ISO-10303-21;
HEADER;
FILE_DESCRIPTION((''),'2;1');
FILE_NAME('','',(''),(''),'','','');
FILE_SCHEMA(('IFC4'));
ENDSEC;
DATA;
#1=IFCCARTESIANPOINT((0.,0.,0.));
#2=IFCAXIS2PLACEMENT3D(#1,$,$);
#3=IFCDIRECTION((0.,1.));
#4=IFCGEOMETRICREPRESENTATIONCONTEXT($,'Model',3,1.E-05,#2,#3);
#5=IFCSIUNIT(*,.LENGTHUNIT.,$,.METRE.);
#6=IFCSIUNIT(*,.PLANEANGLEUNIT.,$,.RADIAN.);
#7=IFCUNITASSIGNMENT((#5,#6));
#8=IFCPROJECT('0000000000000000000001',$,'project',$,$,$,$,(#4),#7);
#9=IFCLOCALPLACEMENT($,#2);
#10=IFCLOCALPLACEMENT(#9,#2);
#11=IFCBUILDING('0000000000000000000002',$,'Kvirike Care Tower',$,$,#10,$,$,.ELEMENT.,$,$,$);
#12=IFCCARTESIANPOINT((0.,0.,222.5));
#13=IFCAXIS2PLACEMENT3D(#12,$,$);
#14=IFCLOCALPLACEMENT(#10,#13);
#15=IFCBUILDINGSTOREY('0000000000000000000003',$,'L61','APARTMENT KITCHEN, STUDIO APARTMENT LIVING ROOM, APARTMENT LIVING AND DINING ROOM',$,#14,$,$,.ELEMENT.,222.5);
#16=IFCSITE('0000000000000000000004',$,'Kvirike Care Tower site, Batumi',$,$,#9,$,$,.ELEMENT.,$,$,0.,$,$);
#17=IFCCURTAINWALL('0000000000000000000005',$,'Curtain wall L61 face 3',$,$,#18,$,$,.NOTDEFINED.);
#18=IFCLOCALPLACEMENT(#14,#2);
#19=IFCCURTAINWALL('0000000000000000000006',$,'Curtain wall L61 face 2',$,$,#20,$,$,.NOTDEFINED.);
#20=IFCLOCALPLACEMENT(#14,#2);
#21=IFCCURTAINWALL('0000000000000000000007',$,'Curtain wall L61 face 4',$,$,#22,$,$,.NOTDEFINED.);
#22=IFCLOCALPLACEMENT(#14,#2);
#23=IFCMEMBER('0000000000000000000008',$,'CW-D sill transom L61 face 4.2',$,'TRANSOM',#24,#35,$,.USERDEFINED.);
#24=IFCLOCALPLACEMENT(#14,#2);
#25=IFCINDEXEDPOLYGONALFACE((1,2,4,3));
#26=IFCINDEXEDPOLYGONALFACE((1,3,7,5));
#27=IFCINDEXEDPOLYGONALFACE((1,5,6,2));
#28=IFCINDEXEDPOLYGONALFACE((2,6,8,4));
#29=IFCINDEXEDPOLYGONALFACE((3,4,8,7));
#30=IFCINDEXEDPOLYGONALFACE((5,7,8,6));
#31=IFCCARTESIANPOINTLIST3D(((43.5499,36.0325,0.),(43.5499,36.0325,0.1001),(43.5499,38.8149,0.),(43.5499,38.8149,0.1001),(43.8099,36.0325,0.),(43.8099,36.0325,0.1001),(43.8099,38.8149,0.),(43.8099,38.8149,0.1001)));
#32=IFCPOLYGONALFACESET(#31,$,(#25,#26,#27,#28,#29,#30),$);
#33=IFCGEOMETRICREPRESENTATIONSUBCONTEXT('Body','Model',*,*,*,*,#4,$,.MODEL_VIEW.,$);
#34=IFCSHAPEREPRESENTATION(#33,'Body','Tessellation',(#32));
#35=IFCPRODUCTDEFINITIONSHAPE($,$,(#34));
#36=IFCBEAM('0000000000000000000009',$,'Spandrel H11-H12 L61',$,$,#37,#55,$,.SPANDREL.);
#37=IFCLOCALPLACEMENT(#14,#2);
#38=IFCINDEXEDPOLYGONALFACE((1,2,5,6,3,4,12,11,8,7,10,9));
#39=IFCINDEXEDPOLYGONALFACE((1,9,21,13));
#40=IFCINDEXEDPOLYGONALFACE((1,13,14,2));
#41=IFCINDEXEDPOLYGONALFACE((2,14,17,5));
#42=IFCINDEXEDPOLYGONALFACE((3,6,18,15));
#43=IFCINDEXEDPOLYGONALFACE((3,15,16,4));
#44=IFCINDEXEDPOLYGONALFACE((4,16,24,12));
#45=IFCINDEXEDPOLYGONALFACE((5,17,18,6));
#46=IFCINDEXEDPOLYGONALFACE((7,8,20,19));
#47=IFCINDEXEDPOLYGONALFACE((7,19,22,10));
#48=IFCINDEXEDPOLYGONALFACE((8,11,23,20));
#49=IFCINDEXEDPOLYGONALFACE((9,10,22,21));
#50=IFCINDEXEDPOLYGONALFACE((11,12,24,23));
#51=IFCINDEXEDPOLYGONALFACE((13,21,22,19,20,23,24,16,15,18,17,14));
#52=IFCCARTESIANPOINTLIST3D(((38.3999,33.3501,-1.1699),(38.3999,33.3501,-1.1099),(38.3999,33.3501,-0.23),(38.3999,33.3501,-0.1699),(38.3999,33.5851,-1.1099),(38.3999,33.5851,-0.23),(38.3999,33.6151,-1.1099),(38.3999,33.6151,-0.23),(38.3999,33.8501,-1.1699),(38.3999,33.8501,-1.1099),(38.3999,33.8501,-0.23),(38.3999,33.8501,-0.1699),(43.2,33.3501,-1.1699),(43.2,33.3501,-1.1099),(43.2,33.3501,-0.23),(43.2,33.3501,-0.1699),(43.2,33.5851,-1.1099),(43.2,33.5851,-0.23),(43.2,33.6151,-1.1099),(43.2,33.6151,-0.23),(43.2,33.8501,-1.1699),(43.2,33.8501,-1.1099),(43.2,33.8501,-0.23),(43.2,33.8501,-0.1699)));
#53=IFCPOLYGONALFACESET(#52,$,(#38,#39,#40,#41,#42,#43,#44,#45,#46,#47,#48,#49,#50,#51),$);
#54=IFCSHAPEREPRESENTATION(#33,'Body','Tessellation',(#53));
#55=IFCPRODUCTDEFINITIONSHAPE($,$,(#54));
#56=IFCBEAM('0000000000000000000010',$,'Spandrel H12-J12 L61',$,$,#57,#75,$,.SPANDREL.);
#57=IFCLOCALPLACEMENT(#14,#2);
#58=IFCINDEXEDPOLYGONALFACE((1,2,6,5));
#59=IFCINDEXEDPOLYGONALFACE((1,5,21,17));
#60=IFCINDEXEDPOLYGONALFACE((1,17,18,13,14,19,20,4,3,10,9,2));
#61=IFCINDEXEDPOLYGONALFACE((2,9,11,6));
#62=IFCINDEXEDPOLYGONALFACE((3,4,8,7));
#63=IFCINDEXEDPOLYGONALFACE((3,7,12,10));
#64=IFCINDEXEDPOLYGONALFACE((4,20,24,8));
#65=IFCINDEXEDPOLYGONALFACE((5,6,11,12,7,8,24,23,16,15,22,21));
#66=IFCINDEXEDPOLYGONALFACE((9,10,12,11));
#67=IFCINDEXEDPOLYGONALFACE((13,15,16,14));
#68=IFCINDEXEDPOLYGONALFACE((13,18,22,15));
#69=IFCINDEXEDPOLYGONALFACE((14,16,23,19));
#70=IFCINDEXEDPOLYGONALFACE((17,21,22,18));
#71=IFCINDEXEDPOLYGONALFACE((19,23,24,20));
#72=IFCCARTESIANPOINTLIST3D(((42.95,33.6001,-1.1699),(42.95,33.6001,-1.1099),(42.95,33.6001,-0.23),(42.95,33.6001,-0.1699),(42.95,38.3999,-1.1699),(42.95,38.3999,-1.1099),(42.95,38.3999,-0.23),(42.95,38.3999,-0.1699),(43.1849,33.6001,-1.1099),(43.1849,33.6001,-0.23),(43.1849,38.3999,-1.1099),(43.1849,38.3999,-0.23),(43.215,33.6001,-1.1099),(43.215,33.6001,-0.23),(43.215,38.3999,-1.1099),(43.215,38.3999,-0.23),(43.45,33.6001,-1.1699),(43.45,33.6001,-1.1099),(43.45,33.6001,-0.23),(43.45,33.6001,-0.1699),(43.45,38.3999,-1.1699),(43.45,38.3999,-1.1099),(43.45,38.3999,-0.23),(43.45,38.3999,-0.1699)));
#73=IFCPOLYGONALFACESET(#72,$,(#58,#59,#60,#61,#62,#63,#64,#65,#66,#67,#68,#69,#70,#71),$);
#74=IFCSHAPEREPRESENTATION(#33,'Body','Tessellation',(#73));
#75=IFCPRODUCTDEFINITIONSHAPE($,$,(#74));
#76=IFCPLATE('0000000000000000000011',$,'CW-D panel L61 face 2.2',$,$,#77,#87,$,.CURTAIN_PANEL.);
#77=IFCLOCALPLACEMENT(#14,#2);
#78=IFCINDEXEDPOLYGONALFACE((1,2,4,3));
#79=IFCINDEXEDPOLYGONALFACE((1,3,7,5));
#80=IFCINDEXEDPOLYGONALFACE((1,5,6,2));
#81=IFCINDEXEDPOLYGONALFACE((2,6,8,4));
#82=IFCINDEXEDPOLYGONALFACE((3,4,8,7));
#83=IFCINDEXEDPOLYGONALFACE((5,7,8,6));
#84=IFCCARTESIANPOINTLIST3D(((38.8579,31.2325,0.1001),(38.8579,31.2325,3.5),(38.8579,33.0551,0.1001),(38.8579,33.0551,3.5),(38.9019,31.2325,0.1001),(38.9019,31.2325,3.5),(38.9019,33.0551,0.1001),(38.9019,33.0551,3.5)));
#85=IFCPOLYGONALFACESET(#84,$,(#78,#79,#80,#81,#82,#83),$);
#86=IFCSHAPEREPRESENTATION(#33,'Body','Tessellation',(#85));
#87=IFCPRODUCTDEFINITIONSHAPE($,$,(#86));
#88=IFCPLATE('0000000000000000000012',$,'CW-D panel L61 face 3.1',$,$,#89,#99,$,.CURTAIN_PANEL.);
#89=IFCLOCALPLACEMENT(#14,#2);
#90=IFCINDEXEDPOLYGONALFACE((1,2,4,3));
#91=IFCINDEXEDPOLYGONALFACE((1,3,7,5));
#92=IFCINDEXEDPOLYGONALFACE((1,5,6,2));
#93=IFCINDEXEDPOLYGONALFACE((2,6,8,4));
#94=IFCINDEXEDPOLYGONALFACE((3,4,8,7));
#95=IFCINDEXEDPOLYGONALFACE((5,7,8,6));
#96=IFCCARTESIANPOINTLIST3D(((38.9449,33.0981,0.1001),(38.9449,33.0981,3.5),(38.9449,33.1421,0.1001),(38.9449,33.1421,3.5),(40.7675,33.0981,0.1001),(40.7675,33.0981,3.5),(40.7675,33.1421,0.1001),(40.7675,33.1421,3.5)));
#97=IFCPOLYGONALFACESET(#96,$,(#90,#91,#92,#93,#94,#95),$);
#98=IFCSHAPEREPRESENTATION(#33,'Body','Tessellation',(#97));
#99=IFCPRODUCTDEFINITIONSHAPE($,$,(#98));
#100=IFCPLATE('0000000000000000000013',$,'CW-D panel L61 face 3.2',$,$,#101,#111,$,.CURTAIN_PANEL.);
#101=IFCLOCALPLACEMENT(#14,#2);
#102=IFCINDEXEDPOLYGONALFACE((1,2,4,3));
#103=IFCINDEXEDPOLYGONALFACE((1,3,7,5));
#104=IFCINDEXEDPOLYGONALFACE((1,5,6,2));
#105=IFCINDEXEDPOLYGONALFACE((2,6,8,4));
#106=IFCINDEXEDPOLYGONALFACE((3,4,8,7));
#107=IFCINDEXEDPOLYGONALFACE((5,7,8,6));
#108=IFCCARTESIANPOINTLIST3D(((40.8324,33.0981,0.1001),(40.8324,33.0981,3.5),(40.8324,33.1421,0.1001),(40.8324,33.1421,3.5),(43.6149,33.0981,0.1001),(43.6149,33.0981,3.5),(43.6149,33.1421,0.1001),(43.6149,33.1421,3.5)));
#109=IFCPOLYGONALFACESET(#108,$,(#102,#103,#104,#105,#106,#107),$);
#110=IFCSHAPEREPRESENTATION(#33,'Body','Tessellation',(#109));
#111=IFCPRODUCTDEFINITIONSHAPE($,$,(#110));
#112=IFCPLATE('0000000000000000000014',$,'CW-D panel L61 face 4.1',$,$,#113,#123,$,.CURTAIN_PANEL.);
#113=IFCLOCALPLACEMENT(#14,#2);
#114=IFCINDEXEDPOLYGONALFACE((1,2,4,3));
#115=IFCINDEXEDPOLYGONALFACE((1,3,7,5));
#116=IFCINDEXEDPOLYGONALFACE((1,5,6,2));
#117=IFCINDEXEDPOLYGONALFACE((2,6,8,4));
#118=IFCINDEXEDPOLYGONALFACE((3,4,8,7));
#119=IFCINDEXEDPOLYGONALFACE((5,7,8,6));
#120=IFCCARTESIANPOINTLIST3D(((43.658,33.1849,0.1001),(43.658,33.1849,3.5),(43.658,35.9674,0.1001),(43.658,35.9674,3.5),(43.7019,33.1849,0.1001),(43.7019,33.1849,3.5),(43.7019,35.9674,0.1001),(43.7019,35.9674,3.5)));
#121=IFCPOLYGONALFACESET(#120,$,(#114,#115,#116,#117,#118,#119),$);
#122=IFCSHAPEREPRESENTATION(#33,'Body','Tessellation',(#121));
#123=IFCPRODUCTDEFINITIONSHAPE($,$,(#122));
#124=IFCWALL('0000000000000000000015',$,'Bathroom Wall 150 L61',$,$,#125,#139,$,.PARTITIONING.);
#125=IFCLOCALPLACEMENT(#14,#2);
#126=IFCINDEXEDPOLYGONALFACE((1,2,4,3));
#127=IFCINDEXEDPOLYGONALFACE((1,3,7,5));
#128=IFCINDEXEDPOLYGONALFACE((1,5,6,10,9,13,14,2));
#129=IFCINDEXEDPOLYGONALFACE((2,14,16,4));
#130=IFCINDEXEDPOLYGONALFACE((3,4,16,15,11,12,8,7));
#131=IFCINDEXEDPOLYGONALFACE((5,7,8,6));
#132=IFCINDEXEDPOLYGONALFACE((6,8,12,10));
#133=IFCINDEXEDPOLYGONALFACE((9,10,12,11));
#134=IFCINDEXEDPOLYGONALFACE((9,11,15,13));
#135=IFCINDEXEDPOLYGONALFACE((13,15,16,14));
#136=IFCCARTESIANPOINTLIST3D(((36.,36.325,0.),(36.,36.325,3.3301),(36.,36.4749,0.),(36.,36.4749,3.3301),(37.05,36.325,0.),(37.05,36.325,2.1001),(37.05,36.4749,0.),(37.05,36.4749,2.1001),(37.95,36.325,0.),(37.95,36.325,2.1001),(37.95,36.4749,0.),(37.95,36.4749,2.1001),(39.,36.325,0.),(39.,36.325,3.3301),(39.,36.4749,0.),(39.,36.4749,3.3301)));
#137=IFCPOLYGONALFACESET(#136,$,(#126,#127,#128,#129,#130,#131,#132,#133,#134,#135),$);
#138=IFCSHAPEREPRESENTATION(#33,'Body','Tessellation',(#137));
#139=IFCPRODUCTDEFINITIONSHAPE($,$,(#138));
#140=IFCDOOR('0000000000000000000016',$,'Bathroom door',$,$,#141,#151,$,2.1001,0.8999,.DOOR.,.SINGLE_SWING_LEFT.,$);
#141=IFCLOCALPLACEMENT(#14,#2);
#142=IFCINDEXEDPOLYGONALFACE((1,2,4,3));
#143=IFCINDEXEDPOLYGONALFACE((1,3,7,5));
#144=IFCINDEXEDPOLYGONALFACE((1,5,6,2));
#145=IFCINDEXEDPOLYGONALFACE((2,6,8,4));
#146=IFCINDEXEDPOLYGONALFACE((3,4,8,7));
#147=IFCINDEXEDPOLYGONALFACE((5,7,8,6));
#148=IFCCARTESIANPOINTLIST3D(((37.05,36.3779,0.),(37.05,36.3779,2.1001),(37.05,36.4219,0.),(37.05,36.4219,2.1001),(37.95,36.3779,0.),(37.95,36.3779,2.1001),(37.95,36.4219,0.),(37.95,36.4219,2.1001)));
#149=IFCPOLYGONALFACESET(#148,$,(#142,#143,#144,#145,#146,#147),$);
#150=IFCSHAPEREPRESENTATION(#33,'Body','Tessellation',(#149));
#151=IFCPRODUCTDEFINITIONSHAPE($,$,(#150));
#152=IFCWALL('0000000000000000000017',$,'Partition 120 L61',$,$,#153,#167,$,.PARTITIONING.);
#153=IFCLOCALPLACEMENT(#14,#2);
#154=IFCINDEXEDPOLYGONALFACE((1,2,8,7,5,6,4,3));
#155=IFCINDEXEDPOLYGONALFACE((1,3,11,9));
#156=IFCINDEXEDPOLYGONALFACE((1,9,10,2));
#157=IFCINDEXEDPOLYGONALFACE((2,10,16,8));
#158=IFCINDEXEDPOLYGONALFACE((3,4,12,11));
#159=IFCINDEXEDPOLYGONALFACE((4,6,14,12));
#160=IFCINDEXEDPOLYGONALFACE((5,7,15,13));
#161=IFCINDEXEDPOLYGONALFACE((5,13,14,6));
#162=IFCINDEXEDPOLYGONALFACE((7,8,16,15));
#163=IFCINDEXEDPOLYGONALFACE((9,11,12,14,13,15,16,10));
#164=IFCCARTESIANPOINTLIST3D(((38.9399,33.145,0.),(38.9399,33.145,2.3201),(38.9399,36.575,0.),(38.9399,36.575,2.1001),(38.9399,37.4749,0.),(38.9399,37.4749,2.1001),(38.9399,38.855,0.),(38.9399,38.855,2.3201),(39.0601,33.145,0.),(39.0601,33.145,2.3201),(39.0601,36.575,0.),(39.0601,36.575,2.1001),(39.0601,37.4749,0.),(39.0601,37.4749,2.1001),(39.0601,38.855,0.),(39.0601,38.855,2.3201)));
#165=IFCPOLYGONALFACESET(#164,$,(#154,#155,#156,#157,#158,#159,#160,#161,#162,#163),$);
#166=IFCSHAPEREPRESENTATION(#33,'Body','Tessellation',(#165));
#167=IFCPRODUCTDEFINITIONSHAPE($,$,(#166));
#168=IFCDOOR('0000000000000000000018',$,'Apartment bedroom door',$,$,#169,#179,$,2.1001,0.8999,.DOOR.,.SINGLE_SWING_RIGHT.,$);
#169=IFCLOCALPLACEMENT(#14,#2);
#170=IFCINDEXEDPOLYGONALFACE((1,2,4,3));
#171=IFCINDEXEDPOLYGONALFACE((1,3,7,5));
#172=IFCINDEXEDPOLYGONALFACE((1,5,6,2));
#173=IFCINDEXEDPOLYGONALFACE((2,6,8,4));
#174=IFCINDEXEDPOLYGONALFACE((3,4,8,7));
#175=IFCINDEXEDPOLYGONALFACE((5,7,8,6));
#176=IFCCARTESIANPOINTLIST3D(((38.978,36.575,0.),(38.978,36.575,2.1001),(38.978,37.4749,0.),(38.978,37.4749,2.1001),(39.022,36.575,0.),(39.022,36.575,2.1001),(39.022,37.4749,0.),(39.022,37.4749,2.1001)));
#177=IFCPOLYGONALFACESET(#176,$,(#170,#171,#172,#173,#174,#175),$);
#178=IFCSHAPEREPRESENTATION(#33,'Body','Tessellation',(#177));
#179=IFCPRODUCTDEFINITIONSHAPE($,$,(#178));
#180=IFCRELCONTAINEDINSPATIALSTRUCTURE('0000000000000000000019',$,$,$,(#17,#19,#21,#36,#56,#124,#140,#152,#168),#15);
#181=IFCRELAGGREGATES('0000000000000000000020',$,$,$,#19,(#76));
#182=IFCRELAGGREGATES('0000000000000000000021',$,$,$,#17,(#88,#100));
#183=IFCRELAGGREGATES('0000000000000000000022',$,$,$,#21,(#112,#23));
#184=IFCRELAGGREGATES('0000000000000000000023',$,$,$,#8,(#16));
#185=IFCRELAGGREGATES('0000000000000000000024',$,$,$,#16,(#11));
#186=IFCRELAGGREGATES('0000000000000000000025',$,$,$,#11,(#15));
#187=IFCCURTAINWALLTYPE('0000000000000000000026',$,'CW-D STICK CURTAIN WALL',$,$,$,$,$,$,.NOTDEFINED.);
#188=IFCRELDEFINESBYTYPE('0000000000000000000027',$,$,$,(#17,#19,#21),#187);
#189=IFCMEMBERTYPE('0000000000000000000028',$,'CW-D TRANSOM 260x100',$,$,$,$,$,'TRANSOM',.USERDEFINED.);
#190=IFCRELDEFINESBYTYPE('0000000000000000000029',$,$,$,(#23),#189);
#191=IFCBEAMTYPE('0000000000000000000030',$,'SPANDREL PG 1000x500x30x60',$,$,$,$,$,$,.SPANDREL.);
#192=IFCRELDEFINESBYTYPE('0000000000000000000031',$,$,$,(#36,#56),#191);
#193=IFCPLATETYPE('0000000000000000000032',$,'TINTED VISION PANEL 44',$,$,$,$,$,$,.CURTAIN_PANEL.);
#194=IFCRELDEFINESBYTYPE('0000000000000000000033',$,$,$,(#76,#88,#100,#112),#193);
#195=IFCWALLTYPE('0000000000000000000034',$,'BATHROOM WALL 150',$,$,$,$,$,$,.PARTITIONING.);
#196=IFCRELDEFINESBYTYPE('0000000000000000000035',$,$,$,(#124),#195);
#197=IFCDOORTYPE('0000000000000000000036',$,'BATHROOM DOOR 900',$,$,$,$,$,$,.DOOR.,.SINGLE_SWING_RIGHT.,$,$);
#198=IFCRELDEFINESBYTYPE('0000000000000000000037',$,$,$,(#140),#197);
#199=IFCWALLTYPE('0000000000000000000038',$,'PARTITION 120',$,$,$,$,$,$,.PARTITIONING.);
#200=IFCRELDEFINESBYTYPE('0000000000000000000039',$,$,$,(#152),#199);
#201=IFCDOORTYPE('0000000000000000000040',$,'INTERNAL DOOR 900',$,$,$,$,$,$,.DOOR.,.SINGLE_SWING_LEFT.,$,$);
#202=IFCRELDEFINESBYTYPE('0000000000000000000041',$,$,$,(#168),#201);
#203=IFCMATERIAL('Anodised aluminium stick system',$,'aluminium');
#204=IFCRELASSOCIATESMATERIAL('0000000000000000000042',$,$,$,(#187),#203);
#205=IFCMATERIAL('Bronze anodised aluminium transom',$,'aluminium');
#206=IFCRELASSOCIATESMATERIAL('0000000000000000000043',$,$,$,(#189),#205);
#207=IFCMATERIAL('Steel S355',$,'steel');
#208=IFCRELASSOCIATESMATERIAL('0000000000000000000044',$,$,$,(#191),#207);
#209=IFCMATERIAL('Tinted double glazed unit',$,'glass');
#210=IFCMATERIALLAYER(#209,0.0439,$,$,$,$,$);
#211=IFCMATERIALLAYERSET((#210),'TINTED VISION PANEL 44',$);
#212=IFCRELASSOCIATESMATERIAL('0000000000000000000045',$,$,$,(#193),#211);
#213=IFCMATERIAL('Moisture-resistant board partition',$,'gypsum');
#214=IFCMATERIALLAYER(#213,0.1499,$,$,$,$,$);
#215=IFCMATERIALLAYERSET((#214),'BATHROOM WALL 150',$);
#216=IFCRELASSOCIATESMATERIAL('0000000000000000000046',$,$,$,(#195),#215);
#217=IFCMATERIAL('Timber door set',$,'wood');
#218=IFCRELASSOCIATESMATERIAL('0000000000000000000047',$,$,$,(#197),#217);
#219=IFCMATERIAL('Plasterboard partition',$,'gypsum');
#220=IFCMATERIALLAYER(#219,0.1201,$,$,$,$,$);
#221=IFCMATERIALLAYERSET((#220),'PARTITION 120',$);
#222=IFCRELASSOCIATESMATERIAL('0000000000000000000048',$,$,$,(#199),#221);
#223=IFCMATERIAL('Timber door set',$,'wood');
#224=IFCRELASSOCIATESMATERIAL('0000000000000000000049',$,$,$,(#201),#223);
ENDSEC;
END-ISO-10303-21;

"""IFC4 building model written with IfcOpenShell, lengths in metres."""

from ifc_helpers import new_model, si_unit, direction, frame, frame_2d, origin, origin_2d, place, context, subcontext, project, spatial, rectangle, i_section, extrude, material, layer, layer_set, material_profile, profile_set, type_object, element, fill, aggregate, save


model = new_model("IFC4")

# Units and contexts
model_context = context("Model", 3, precision=1e-05, world=origin(), true_north=direction((0.0, 1.0)))
body_context = subcontext(model_context, "Body", "Model", "MODEL_VIEW")
ifc_project = project(units=[si_unit("LENGTHUNIT", "METRE"), si_unit("PLANEANGLEUNIT", "RADIAN")], contexts=[model_context])

# Site, building, storey
site_placement = place(None, origin())
site = spatial("IfcSite", under=ifc_project, at=site_placement, Name="Kvirike Care Tower site, Batumi", CompositionType="ELEMENT", RefElevation=0.0)
building_placement = place(site_placement, origin())
building = spatial("IfcBuilding", under=site, at=building_placement, Name="Kvirike Care Tower", CompositionType="ELEMENT")
storey_placement = place(building_placement, frame((0.0, 0.0, 222.5)))
storey = spatial("IfcBuildingStorey", under=building, at=storey_placement, Name="L61", Description="APARTMENT KITCHEN, STUDIO APARTMENT LIVING ROOM, APARTMENT LIVING AND DINING ROOM", CompositionType="ELEMENT", Elevation=222.5)

# Curtain walls
ifc_material_1 = material(Name="Anodised aluminium stick system", Category="aluminium")
curtain_wall_type = type_object("IfcCurtainWallType", Name="CW-D STICK CURTAIN WALL", PredefinedType="NOTDEFINED", material=ifc_material_1)
curtain_wall_1_placement = place(storey_placement, origin())
curtain_wall_1 = element("IfcCurtainWall", 1, at=curtain_wall_1_placement, inside=storey, type_object=curtain_wall_type, Name="Curtain wall L61 face 3", PredefinedType="NOTDEFINED")
curtain_wall_2_placement = place(storey_placement, origin())
curtain_wall_2 = element("IfcCurtainWall", 2, at=curtain_wall_2_placement, inside=storey, type_object=curtain_wall_type, Name="Curtain wall L61 face 2", PredefinedType="NOTDEFINED")

# Curtain wall
curtain_wall_3_placement = place(storey_placement, origin())
curtain_wall_3 = element("IfcCurtainWall", 3, at=curtain_wall_3_placement, inside=storey, type_object=curtain_wall_type, Name="Curtain wall L61 face 4", PredefinedType="NOTDEFINED")

# Member
ifc_material_2 = material(Name="Bronze anodised aluminium transom", Category="aluminium")
ifc_material_profile_1 = material_profile(ifc_material_2, rectangle(XDim=0.26, YDim=0.1001, at=origin_2d()), Name="CW-D TRANSOM 260x100")
ifc_profile_set_1 = profile_set([ifc_material_profile_1], Name="Bronze anodised aluminium transom")
member_type_1 = type_object("IfcMemberType", Name="CW-D TRANSOM 260x100", ElementType="TRANSOM", PredefinedType="USERDEFINED", material=ifc_profile_set_1)
member_1_placement = place(storey_placement, frame((43.6799, 36.0325, 0.05), z_axis=(0.0, 1.0, 0.0), x_axis=(-1.0, 0.0, 0.0)))
member_1 = element("IfcMember", 4, at=member_1_placement, type_object=member_type_1, Name="CW-D sill transom L61 face 4.2", ObjectType="TRANSOM", PredefinedType="USERDEFINED", context=body_context, shape_type="SweptSolid", body=[
    extrude(rectangle(XDim=0.26, YDim=0.1001, at=origin_2d()), origin(), (0.0, 0.0, 1.0), 2.7825),
])

# Beams
ifc_material_3 = material(Name="Steel S355", Category="steel")
ifc_material_profile_2 = material_profile(ifc_material_3, i_section(OverallWidth=0.5, OverallDepth=1.0, WebThickness=0.03, FlangeThickness=0.0601, at=origin_2d()), Name="PG 1000x500x30x60")
ifc_profile_set_2 = profile_set([ifc_material_profile_2], Name="Steel S355")
beam_type = type_object("IfcBeamType", Name="SPANDREL PG 1000x500x30x60", PredefinedType="SPANDREL", material=ifc_profile_set_2)
beam_1_placement = place(storey_placement, frame((38.3999, 33.6001, -0.6699), z_axis=(1.0, 0.0, 0.0), x_axis=(0.0, 1.0, 0.0)))
element("IfcBeam", 5, at=beam_1_placement, inside=storey, type_object=beam_type, Name="Spandrel H11-H12 L61", PredefinedType="SPANDREL", context=body_context, shape_type="SweptSolid", body=[
    extrude(i_section(OverallWidth=0.5, OverallDepth=1.0, WebThickness=0.03, FlangeThickness=0.0601, at=origin_2d()), origin(), (0.0, 0.0, 1.0), 4.8),
])
beam_2_placement = place(storey_placement, frame((43.2, 33.6001, -0.6699), z_axis=(0.0, 1.0, 0.0), x_axis=(-1.0, 0.0, 0.0)))
element("IfcBeam", 6, at=beam_2_placement, inside=storey, type_object=beam_type, Name="Spandrel H12-J12 L61", PredefinedType="SPANDREL", context=body_context, shape_type="SweptSolid", body=[
    extrude(i_section(OverallWidth=0.5, OverallDepth=1.0, WebThickness=0.03, FlangeThickness=0.0601, at=origin_2d()), origin(), (0.0, 0.0, 1.0), 4.7998),
])

# Plates
ifc_material_4 = material(Name="Tinted double glazed unit", Category="glass")
ifc_layer_1 = layer(ifc_material_4, 0.0439)
ifc_layer_set_1 = layer_set([ifc_layer_1], Name="TINTED VISION PANEL 44")
plate_type = type_object("IfcPlateType", Name="TINTED VISION PANEL 44", PredefinedType="CURTAIN_PANEL", material=ifc_layer_set_1)
plate_1_placement = place(storey_placement, frame((38.8799, 32.1438, 0.1001), z_axis=(0.0, 0.0, 1.0), x_axis=(0.0, 1.0, 0.0)))
plate_1 = element("IfcPlate", 7, at=plate_1_placement, type_object=plate_type, Name="CW-D panel L61 face 2.2", PredefinedType="CURTAIN_PANEL", context=body_context, shape_type="SweptSolid", body=[
    extrude(rectangle(XDim=1.8225, YDim=0.0439, at=origin_2d()), origin(), (0.0, 0.0, 1.0), 3.3999),
])
aggregate(curtain_wall_2, [plate_1])
plate_2_placement = place(storey_placement, frame((39.8562, 33.1201, 0.1001), z_axis=(0.0, 0.0, 1.0), x_axis=(1.0, 0.0, 0.0)))
plate_2 = element("IfcPlate", 8, at=plate_2_placement, type_object=plate_type, Name="CW-D panel L61 face 3.1", PredefinedType="CURTAIN_PANEL", context=body_context, shape_type="SweptSolid", body=[
    extrude(rectangle(XDim=1.8225, YDim=0.0439, at=origin_2d()), origin(), (0.0, 0.0, 1.0), 3.3999),
])
plate_3_placement = place(storey_placement, frame((42.2236, 33.1201, 0.1001), z_axis=(0.0, 0.0, 1.0), x_axis=(1.0, 0.0, 0.0)))
plate_3 = element("IfcPlate", 9, at=plate_3_placement, type_object=plate_type, Name="CW-D panel L61 face 3.2", PredefinedType="CURTAIN_PANEL", context=body_context, shape_type="SweptSolid", body=[
    extrude(rectangle(XDim=2.7825, YDim=0.0439, at=origin_2d()), origin(), (0.0, 0.0, 1.0), 3.3999),
])
aggregate(curtain_wall_1, [plate_2, plate_3])
plate_4_placement = place(storey_placement, frame((43.6799, 34.5762, 0.1001), z_axis=(0.0, 0.0, 1.0), x_axis=(0.0, 1.0, 0.0)))
plate_4 = element("IfcPlate", 10, at=plate_4_placement, type_object=plate_type, Name="CW-D panel L61 face 4.1", PredefinedType="CURTAIN_PANEL", context=body_context, shape_type="SweptSolid", body=[
    extrude(rectangle(XDim=2.7825, YDim=0.0439, at=origin_2d()), origin(), (0.0, 0.0, 1.0), 3.3999),
])
aggregate(curtain_wall_3, [plate_4, member_1])

# Walls, openings, doors
ifc_material_5 = material(Name="Moisture-resistant board partition", Category="gypsum")
ifc_layer_2 = layer(ifc_material_5, 0.1499)
ifc_layer_set_2 = layer_set([ifc_layer_2], Name="BATHROOM WALL 150")
wall_type_1 = type_object("IfcWallType", Name="BATHROOM WALL 150", PredefinedType="PARTITIONING", material=ifc_layer_set_2)
wall_1_placement = place(storey_placement, frame((39.0, 36.3999, 0.0), z_axis=(0.0, 0.0, 1.0), x_axis=(-1.0, 0.0, 0.0)))
wall_1 = element("IfcWall", 11, at=wall_1_placement, inside=storey, type_object=wall_type_1, Name="Bathroom Wall 150 L61", PredefinedType="PARTITIONING", context=body_context, shape_type="SweptSolid", body=[
    extrude(rectangle(XDim=3.0, YDim=0.1499, at=frame_2d((1.5, 0.0))), origin(), (0.0, 0.0, 1.0), 3.3301),
])
opening_1_placement = place(wall_1_placement, frame((1.05, 0.0, 0.0)))
opening_1 = element("IfcOpeningElement", 12, at=opening_1_placement, cuts=wall_1, PredefinedType="OPENING", context=body_context, shape_type="SweptSolid", body=[
    extrude(rectangle(XDim=0.8999, YDim=2.1001, at=frame_2d((0.45, 1.05))), frame((0.0, 0.0854, 0.0), z_axis=(0.0, -1.0, 0.0), x_axis=(1.0, 0.0, 0.0)), (0.0, 0.0, 1.0), 0.1709),
])
ifc_material_6 = material(Name="Timber door set", Category="wood")
door_type_1 = type_object("IfcDoorType", Name="BATHROOM DOOR 900", OperationType="SINGLE_SWING_RIGHT", PredefinedType="DOOR", material=ifc_material_6)
door_1_placement = place(opening_1_placement, origin())
door_1 = element("IfcDoor", 13, at=door_1_placement, inside=storey, type_object=door_type_1, Name="Bathroom door", OperationType="SINGLE_SWING_LEFT", OverallHeight=2.1001, OverallWidth=0.8999, PredefinedType="DOOR", context=body_context, shape_type="SweptSolid", body=[
    extrude(rectangle(XDim=0.8999, YDim=2.1001, at=frame_2d((0.45, 1.05))), frame((0.0, 0.022, 0.0), z_axis=(0.0, -1.0, 0.0), x_axis=(1.0, 0.0, 0.0)), (0.0, 0.0, 1.0), 0.0439),
])
fill(opening_1, door_1)
ifc_material_7 = material(Name="Plasterboard partition", Category="gypsum")
ifc_layer_3 = layer(ifc_material_7, 0.1201)
ifc_layer_set_3 = layer_set([ifc_layer_3], Name="PARTITION 120")
wall_type_2 = type_object("IfcWallType", Name="PARTITION 120", PredefinedType="PARTITIONING", material=ifc_layer_set_3)
wall_2_placement = place(storey_placement, frame((39.0, 33.145, 0.0), z_axis=(0.0, 0.0, 1.0), x_axis=(0.0, 1.0, 0.0)))
wall_2 = element("IfcWall", 14, at=wall_2_placement, inside=storey, type_object=wall_type_2, Name="Partition 120 L61", PredefinedType="PARTITIONING", context=body_context, shape_type="SweptSolid", body=[
    extrude(rectangle(XDim=5.71, YDim=0.1201, at=frame_2d((2.855, 0.0))), origin(), (0.0, 0.0, 1.0), 2.3201),
])
opening_2_placement = place(wall_2_placement, frame((3.4299, 0.0, 0.0)))
opening_2 = element("IfcOpeningElement", 15, at=opening_2_placement, cuts=wall_2, PredefinedType="OPENING", context=body_context, shape_type="SweptSolid", body=[
    extrude(rectangle(XDim=0.8999, YDim=2.1001, at=frame_2d((0.45, 1.05))), frame((0.0, 0.0706, 0.0), z_axis=(0.0, -1.0, 0.0), x_axis=(1.0, 0.0, 0.0)), (0.0, 0.0, 1.0), 0.1411),
])
ifc_material_8 = material(Name="Timber door set", Category="wood")
door_type_2 = type_object("IfcDoorType", Name="INTERNAL DOOR 900", OperationType="SINGLE_SWING_LEFT", PredefinedType="DOOR", material=ifc_material_8)
door_2_placement = place(opening_2_placement, frame((0.8999, 0.0, 0.0), z_axis=(0.0, 0.0, 1.0), x_axis=(-1.0, 0.0, 0.0)))
door_2 = element("IfcDoor", 16, at=door_2_placement, inside=storey, type_object=door_type_2, Name="Apartment bedroom door", OperationType="SINGLE_SWING_RIGHT", OverallHeight=2.1001, OverallWidth=0.8999, PredefinedType="DOOR", context=body_context, shape_type="SweptSolid", body=[
    extrude(rectangle(XDim=0.8999, YDim=2.1001, at=frame_2d((0.45, 1.05))), frame((0.0, 0.022, 0.0), z_axis=(0.0, -1.0, 0.0), x_axis=(1.0, 0.0, 0.0)), (0.0, 0.0, 1.0), 0.0439),
])
fill(opening_2, door_2)

save(model, "model.ifc")
